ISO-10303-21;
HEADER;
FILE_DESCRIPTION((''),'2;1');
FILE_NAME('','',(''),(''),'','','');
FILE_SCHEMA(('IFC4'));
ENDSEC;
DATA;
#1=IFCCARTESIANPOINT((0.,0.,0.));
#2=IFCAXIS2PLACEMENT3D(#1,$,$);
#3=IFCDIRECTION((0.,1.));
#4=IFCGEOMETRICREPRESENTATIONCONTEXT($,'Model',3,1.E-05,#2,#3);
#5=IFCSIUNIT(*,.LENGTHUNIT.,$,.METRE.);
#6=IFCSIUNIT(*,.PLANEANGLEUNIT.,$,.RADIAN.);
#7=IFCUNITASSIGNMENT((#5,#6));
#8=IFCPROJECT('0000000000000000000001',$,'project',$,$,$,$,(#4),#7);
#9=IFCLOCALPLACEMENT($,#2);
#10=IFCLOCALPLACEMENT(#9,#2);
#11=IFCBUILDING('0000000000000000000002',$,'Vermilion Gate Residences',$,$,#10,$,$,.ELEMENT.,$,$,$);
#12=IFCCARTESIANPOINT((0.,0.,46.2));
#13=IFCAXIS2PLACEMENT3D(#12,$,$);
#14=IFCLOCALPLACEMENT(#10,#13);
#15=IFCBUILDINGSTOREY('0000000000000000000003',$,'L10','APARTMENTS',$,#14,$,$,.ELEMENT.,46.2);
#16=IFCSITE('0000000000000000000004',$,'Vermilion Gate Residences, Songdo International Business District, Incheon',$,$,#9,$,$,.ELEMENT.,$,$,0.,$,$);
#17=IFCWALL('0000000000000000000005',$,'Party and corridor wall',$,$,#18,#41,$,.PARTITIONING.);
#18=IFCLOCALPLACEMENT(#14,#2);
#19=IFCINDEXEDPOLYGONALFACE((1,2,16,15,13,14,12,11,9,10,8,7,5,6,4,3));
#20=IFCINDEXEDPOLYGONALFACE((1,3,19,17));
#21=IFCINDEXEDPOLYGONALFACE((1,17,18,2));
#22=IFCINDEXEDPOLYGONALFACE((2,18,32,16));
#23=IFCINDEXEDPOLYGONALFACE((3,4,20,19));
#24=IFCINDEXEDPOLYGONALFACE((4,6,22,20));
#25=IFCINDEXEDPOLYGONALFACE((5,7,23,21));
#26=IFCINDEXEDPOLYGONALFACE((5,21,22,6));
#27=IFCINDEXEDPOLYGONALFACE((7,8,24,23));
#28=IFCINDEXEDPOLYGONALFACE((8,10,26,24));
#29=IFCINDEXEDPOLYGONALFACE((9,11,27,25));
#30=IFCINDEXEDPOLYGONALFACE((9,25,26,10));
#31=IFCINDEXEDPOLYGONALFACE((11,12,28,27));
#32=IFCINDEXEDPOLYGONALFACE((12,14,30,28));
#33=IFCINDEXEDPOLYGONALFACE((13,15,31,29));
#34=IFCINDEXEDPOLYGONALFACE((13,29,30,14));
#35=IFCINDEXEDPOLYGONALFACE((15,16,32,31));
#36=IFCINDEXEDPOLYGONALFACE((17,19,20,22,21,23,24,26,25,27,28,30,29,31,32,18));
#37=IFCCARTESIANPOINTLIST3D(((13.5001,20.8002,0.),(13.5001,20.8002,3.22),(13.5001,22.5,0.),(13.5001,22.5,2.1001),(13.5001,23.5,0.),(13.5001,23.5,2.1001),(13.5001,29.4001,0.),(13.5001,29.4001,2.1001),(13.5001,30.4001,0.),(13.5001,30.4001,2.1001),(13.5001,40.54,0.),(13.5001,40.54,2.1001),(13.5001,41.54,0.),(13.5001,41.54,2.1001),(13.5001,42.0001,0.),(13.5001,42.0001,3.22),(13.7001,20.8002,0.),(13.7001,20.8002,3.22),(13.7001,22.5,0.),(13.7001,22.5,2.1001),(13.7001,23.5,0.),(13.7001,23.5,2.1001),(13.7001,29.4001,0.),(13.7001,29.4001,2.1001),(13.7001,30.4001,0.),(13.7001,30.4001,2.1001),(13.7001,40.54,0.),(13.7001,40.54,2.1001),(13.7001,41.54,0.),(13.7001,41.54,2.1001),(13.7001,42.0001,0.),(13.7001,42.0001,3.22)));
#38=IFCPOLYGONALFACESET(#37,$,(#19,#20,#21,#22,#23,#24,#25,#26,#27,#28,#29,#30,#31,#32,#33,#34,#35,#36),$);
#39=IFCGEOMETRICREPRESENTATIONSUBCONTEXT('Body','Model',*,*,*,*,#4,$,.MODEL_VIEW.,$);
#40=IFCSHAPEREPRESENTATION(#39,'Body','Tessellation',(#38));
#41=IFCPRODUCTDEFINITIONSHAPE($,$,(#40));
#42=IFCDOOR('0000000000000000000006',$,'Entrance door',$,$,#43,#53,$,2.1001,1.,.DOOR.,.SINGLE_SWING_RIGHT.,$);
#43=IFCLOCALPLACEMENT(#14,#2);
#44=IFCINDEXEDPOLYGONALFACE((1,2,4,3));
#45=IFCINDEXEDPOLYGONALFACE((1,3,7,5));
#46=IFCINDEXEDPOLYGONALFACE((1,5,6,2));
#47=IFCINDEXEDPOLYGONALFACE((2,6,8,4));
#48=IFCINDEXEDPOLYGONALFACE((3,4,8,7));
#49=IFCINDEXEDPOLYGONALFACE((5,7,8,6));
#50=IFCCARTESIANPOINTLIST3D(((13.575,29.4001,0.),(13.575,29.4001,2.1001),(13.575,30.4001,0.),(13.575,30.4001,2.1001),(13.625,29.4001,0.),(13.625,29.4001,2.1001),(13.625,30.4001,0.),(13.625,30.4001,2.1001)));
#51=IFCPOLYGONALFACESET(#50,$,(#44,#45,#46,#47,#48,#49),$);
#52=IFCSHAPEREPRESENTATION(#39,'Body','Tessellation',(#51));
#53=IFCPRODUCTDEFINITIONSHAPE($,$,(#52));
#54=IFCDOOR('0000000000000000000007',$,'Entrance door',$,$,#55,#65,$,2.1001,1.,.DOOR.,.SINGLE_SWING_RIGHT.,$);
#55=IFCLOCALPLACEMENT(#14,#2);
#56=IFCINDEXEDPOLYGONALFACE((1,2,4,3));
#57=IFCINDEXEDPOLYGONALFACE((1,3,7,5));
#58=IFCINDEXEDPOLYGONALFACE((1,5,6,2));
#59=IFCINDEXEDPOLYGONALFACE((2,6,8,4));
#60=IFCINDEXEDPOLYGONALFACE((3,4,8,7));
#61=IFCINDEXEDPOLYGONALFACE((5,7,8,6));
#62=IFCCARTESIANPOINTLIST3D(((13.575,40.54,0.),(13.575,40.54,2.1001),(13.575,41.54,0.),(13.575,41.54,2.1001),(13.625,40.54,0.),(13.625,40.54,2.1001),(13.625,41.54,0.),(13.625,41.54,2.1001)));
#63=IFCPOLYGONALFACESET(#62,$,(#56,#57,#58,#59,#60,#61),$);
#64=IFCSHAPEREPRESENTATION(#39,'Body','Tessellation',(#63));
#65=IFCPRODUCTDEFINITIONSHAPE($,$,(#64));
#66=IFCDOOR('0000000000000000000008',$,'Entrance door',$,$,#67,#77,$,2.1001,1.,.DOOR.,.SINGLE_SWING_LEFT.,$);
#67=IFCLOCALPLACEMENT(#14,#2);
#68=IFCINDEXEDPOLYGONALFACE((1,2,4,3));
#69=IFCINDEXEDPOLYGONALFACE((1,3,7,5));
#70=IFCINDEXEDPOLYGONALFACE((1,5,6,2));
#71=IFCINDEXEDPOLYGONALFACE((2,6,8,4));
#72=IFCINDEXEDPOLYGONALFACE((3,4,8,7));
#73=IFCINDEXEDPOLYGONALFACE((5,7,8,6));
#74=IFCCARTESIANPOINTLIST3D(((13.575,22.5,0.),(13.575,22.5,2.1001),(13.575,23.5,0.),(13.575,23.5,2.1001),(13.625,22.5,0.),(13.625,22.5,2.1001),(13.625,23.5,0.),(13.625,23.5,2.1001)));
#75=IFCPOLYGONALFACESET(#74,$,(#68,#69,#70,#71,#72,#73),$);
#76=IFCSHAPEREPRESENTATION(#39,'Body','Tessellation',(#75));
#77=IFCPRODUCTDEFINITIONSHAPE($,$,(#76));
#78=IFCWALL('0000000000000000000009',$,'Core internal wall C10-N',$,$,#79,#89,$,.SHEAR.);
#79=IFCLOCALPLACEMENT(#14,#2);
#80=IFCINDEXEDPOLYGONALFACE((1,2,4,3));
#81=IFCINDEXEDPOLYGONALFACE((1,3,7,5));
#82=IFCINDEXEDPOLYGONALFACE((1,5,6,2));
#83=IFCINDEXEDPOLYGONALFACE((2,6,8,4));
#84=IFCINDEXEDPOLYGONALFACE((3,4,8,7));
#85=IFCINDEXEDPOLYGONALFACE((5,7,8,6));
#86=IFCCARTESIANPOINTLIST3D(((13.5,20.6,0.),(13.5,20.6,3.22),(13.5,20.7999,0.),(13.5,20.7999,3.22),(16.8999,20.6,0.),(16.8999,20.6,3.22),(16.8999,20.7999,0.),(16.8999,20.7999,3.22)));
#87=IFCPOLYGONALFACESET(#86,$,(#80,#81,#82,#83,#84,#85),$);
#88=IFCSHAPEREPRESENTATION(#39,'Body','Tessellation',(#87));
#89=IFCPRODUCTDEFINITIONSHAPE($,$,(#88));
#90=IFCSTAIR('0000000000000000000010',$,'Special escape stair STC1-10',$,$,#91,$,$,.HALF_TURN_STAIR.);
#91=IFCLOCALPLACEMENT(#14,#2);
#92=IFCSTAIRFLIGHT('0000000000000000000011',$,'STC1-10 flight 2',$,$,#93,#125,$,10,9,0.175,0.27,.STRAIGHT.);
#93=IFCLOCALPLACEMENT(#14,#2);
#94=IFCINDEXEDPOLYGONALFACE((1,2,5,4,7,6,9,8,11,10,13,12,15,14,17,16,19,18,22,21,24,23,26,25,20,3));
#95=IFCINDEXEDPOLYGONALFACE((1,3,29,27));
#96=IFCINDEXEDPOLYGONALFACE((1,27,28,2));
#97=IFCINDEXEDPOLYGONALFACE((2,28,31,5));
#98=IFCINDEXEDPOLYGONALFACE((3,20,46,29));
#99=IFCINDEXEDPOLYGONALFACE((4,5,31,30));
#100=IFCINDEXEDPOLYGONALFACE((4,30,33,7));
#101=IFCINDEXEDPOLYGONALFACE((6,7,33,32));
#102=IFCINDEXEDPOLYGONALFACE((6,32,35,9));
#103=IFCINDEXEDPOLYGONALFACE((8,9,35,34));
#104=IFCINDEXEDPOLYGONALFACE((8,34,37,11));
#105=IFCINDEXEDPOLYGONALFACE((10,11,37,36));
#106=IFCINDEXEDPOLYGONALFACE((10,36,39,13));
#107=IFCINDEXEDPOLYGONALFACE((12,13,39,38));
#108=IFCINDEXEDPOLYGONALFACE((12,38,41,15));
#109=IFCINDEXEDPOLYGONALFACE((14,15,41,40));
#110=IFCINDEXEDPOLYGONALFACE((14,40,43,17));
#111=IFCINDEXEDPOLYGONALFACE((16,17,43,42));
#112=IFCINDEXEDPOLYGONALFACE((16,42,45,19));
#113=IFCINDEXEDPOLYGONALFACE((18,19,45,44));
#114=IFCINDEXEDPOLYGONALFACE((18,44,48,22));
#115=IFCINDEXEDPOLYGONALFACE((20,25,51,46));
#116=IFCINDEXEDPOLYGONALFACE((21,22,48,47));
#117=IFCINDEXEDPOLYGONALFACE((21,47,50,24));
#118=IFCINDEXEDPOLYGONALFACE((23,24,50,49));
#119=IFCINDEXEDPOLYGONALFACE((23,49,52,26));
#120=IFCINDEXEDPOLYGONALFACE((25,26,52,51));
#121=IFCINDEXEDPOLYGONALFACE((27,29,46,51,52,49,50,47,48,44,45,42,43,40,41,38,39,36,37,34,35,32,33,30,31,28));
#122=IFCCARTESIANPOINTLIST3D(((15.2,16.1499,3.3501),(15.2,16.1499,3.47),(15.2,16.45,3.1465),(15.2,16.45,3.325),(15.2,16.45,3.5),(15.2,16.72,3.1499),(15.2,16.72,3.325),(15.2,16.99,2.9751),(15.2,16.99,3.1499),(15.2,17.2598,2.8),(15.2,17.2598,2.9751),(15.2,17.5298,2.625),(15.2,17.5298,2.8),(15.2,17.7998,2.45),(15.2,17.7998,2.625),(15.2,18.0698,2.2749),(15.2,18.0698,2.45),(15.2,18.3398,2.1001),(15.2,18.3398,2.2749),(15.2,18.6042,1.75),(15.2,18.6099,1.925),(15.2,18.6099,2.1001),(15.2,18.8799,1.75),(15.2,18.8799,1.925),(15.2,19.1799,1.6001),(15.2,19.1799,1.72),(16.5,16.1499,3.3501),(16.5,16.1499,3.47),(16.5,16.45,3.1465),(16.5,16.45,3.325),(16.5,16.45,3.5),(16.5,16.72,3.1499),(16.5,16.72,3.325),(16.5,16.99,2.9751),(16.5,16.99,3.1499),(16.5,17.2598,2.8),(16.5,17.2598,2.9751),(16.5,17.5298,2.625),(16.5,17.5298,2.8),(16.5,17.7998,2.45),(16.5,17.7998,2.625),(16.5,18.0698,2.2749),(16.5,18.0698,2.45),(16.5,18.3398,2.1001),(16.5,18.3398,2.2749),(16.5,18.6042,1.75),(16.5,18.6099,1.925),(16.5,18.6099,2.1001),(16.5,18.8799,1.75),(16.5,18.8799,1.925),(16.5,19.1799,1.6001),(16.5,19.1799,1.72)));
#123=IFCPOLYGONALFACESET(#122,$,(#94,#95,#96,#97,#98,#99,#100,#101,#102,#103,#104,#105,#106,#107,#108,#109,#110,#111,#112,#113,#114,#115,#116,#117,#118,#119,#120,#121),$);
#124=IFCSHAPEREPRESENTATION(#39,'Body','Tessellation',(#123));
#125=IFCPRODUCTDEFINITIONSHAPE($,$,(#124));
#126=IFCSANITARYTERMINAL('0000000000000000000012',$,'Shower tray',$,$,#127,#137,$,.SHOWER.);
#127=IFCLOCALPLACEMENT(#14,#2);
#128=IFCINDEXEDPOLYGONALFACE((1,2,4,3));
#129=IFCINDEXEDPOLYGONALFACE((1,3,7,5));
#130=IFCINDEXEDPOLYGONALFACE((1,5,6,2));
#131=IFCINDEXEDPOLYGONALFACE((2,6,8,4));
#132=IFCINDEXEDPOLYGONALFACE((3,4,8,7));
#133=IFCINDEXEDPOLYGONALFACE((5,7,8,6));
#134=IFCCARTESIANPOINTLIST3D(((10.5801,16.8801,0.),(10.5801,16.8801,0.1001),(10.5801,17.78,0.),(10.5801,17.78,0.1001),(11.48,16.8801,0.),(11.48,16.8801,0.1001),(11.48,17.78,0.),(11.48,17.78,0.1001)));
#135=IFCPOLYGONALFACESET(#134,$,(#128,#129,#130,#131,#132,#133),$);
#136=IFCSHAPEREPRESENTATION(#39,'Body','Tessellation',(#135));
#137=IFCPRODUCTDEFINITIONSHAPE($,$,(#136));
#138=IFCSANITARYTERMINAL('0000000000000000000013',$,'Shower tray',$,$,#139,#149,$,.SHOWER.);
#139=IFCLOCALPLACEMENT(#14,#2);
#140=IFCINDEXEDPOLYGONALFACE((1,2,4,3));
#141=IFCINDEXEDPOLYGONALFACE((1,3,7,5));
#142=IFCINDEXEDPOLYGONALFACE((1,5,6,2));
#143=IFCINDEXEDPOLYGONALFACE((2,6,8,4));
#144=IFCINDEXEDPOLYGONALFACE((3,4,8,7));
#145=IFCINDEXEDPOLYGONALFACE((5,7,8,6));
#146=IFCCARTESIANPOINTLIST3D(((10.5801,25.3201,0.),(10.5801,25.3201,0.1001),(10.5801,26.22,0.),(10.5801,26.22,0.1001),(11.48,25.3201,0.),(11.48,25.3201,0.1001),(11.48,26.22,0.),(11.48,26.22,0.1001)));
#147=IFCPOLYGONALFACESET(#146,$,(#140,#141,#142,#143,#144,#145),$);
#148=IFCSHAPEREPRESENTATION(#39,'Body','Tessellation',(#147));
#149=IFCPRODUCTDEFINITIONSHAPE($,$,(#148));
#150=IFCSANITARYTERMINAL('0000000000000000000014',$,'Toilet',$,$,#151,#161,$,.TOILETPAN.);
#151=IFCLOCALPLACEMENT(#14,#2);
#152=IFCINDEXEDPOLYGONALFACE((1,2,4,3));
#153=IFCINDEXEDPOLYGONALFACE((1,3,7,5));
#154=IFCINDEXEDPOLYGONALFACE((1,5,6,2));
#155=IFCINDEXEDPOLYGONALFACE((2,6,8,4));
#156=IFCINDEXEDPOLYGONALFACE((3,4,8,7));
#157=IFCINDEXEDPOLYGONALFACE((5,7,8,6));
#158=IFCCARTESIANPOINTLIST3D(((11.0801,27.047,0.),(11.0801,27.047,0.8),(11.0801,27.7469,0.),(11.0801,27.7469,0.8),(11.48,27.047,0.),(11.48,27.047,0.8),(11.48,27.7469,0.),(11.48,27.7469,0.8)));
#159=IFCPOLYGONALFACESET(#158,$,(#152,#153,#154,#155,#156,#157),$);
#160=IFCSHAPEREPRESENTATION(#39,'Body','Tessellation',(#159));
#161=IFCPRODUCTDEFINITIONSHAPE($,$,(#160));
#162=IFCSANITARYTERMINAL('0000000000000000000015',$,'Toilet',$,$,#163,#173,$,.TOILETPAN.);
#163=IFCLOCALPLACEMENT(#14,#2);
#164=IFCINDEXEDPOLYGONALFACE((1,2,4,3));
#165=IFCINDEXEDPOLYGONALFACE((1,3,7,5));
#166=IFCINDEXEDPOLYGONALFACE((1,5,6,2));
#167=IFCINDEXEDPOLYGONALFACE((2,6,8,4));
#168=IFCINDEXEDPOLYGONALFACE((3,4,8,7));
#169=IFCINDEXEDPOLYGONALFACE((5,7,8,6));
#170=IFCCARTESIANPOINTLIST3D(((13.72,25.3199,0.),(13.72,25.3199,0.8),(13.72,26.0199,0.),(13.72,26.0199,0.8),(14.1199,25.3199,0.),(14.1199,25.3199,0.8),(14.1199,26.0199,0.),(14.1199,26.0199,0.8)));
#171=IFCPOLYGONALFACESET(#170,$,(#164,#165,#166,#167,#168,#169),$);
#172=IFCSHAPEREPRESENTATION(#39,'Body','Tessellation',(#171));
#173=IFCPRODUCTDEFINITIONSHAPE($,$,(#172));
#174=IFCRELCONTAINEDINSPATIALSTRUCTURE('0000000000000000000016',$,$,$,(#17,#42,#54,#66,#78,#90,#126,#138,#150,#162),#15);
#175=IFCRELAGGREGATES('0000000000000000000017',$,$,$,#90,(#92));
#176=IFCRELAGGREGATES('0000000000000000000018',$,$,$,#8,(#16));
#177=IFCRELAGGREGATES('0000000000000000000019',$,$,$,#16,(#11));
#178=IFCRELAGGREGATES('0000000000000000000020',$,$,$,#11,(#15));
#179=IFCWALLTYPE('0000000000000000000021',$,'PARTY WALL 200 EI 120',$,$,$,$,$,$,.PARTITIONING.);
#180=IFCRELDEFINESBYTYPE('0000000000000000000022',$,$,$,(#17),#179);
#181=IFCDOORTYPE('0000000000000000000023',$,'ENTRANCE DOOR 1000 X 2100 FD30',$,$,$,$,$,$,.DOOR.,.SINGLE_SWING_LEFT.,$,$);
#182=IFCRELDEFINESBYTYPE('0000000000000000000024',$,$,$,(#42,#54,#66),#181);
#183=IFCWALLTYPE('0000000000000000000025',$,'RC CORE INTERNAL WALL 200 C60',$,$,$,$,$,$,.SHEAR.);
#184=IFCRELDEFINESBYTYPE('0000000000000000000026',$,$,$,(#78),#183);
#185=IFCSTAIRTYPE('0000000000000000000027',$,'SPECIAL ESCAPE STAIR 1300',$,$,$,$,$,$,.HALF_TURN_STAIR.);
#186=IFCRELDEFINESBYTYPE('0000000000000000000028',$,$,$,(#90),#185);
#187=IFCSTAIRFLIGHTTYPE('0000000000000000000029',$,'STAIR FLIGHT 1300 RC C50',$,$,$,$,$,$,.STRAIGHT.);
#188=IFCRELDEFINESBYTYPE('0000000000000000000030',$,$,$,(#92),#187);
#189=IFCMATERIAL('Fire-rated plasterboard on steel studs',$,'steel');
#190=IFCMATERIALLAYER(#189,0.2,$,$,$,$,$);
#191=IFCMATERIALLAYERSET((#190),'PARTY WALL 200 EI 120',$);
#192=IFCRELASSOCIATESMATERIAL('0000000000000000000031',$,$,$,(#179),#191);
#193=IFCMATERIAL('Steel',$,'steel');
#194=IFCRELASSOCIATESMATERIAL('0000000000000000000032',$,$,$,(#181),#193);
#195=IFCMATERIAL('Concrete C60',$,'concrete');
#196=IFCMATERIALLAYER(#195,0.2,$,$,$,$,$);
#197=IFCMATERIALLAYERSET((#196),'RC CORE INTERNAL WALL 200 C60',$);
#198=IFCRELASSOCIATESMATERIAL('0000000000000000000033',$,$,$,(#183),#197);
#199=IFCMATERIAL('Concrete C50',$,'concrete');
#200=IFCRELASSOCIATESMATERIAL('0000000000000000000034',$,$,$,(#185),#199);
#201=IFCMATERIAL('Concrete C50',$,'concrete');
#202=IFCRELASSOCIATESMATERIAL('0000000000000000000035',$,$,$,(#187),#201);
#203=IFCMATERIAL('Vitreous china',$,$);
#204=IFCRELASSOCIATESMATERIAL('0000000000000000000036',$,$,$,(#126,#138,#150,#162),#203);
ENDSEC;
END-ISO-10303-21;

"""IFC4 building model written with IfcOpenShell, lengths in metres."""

from ifc_helpers import new_model, si_unit, direction, frame, frame_2d, origin, origin_2d, place, context, subcontext, project, spatial, polyline, rectangle, outline, extrude, material, layer, layer_set, type_object, element, fill, aggregate, save


model = new_model("IFC4")

# Units and contexts
model_context = context("Model", 3, precision=1e-05, world=origin(), true_north=direction((0.0, 1.0)))
body_context = subcontext(model_context, "Body", "Model", "MODEL_VIEW")
ifc_project = project(units=[si_unit("LENGTHUNIT", "METRE"), si_unit("PLANEANGLEUNIT", "RADIAN")], contexts=[model_context])

# Site, building, storey
site_placement = place(None, origin())
site = spatial("IfcSite", under=ifc_project, at=site_placement, Name="Vermilion Gate Residences, Songdo International Business District, Incheon", CompositionType="ELEMENT", RefElevation=0.0)
building_placement = place(site_placement, origin())
building = spatial("IfcBuilding", under=site, at=building_placement, Name="Vermilion Gate Residences", CompositionType="ELEMENT")
storey_placement = place(building_placement, frame((0.0, 0.0, 46.2)))
storey = spatial("IfcBuildingStorey", under=building, at=storey_placement, Name="L10", Description="APARTMENTS", CompositionType="ELEMENT", Elevation=46.2)

# Shared definitions
ifc_material_1 = material(Name="Fire-rated plasterboard on steel studs", Category="steel")
ifc_layer_1 = layer(ifc_material_1, 0.2)
ifc_layer_set_1 = layer_set([ifc_layer_1], Name="PARTY WALL 200 EI 120")
wall_type_1 = type_object("IfcWallType", Name="PARTY WALL 200 EI 120", PredefinedType="PARTITIONING", material=ifc_layer_set_1)

# Wall, openings, doors
wall_1_placement = place(storey_placement, frame((13.6001, 20.8, 0.0), z_axis=(0.0, 0.0, 1.0), x_axis=(0.0, 1.0, 0.0)))
wall_1 = element("IfcWall", 1, at=wall_1_placement, inside=storey, type_object=wall_type_1, Name="Party and corridor wall", PredefinedType="PARTITIONING", context=body_context, shape_type="SweptSolid", body=[
    extrude(rectangle(XDim=21.2, YDim=0.2, at=frame_2d((10.6001, 0.0))), origin(), (0.0, 0.0, 1.0), 3.22),
])
opening_1_placement = place(wall_1_placement, frame((8.6001, 0.0, 0.0)))
opening_1 = element("IfcOpeningElement", 2, at=opening_1_placement, cuts=wall_1, PredefinedType="OPENING", context=body_context, shape_type="SweptSolid", body=[
    extrude(rectangle(XDim=1.0, YDim=2.1001, at=frame_2d((0.5, 1.05))), frame((0.0, 0.1099, 0.0), z_axis=(0.0, -1.0, 0.0), x_axis=(1.0, 0.0, 0.0)), (0.0, 0.0, 1.0), 0.22),
])
opening_2_placement = place(wall_1_placement, frame((19.74, 0.0, 0.0)))
opening_2 = element("IfcOpeningElement", 3, at=opening_2_placement, cuts=wall_1, PredefinedType="OPENING", context=body_context, shape_type="SweptSolid", body=[
    extrude(rectangle(XDim=1.0, YDim=2.1001, at=frame_2d((0.5, 1.05))), frame((0.0, 0.1099, 0.0), z_axis=(0.0, -1.0, 0.0), x_axis=(1.0, 0.0, 0.0)), (0.0, 0.0, 1.0), 0.22),
])
opening_3_placement = place(wall_1_placement, frame((1.7, 0.0, 0.0)))
opening_3 = element("IfcOpeningElement", 4, at=opening_3_placement, cuts=wall_1, PredefinedType="OPENING", context=body_context, shape_type="SweptSolid", body=[
    extrude(rectangle(XDim=1.0, YDim=2.1001, at=frame_2d((0.5, 1.05))), frame((0.0, 0.1099, 0.0), z_axis=(0.0, -1.0, 0.0), x_axis=(1.0, 0.0, 0.0)), (0.0, 0.0, 1.0), 0.22),
])
ifc_material_2 = material(Name="Steel", Category="steel")
door_type_1 = type_object("IfcDoorType", Name="ENTRANCE DOOR 1000 X 2100 FD30", OperationType="SINGLE_SWING_LEFT", PredefinedType="DOOR", material=ifc_material_2)
door_1_placement = place(opening_1_placement, frame((1.0, 0.0, 0.0), z_axis=(0.0, 0.0, 1.0), x_axis=(-1.0, 0.0, 0.0)))
door_1 = element("IfcDoor", 5, at=door_1_placement, inside=storey, type_object=door_type_1, Name="Entrance door", OperationType="SINGLE_SWING_RIGHT", OverallHeight=2.1001, OverallWidth=1.0, PredefinedType="DOOR", context=body_context, shape_type="SweptSolid", body=[
    extrude(rectangle(XDim=1.0, YDim=2.1001, at=frame_2d((0.5, 1.05))), frame((0.0, 0.0249, 0.0), z_axis=(0.0, -1.0, 0.0), x_axis=(1.0, 0.0, 0.0)), (0.0, 0.0, 1.0), 0.05),
])
fill(opening_1, door_1)
door_2_placement = place(opening_2_placement, frame((1.0, 0.0, 0.0), z_axis=(0.0, 0.0, 1.0), x_axis=(-1.0, 0.0, 0.0)))
door_2 = element("IfcDoor", 6, at=door_2_placement, inside=storey, type_object=door_type_1, Name="Entrance door", OperationType="SINGLE_SWING_RIGHT", OverallHeight=2.1001, OverallWidth=1.0, PredefinedType="DOOR", context=body_context, shape_type="SweptSolid", body=[
    extrude(rectangle(XDim=1.0, YDim=2.1001, at=frame_2d((0.5, 1.05))), frame((0.0, 0.0249, 0.0), z_axis=(0.0, -1.0, 0.0), x_axis=(1.0, 0.0, 0.0)), (0.0, 0.0, 1.0), 0.05),
])
fill(opening_2, door_2)
door_3_placement = place(opening_3_placement, frame((1.0, 0.0, 0.0), z_axis=(0.0, 0.0, 1.0), x_axis=(-1.0, 0.0, 0.0)))
door_3 = element("IfcDoor", 7, at=door_3_placement, inside=storey, type_object=door_type_1, Name="Entrance door", OperationType="SINGLE_SWING_LEFT", OverallHeight=2.1001, OverallWidth=1.0, PredefinedType="DOOR", context=body_context, shape_type="SweptSolid", body=[
    extrude(rectangle(XDim=1.0, YDim=2.1001, at=frame_2d((0.5, 1.05))), frame((0.0, 0.0249, 0.0), z_axis=(0.0, -1.0, 0.0), x_axis=(1.0, 0.0, 0.0)), (0.0, 0.0, 1.0), 0.05),
])
fill(opening_3, door_3)

# Wall
ifc_material_3 = material(Name="Concrete C60", Category="concrete")
ifc_layer_2 = layer(ifc_material_3, 0.2)
ifc_layer_set_2 = layer_set([ifc_layer_2], Name="RC CORE INTERNAL WALL 200 C60")
wall_type_2 = type_object("IfcWallType", Name="RC CORE INTERNAL WALL 200 C60", PredefinedType="SHEAR", material=ifc_layer_set_2)
wall_2_placement = place(storey_placement, frame((13.5, 20.7, 0.0), z_axis=(0.0, 0.0, 1.0), x_axis=(1.0, 0.0, 0.0)))
element("IfcWall", 8, at=wall_2_placement, inside=storey, type_object=wall_type_2, Name="Core internal wall C10-N", PredefinedType="SHEAR", context=body_context, shape_type="SweptSolid", body=[
    extrude(rectangle(XDim=3.3999, YDim=0.2, at=frame_2d((1.7, 0.0))), origin(), (0.0, 0.0, 1.0), 3.22),
])

# Stair, stair flight
ifc_material_4 = material(Name="Concrete C50", Category="concrete")
stair_type = type_object("IfcStairType", Name="SPECIAL ESCAPE STAIR 1300", PredefinedType="HALF_TURN_STAIR", material=ifc_material_4)
stair_placement = place(storey_placement, origin())
stair = element("IfcStair", 9, at=stair_placement, inside=storey, type_object=stair_type, Name="Special escape stair STC1-10", PredefinedType="HALF_TURN_STAIR")
ifc_material_5 = material(Name="Concrete C50", Category="concrete")
stair_flight_type = type_object("IfcStairFlightType", Name="STAIR FLIGHT 1300 RC C50", PredefinedType="STRAIGHT", material=ifc_material_5)
stair_flight_placement = place(storey_placement, frame((15.8501, 18.8799, 1.75), z_axis=(0.0, 0.0, 1.0), x_axis=(0.0, -1.0, 0.0)))
stair_flight = element("IfcStairFlight", 10, at=stair_flight_placement, type_object=stair_flight_type, Name="STC1-10 flight 2", NumberOfRisers=10, NumberOfTreads=9, PredefinedType="STRAIGHT", RiserHeight=0.175, TreadLength=0.27, context=body_context, shape_type="SweptSolid", body=[
    extrude(outline(polyline([(-0.3, -0.1499), (-0.3, -0.03), (0.0, 0.0), (0.0, 0.175), (0.27, 0.175), (0.27, 0.3501), (0.54, 0.3501), (0.54, 0.5249), (0.8101, 0.5249), (0.8101, 0.7), (1.0801, 0.7), (1.0801, 0.875), (1.3501, 0.875), (1.3501, 1.05), (1.6201, 1.05), (1.6201, 1.2251), (1.8899, 1.2251), (1.8899, 1.3999), (2.1599, 1.3999), (2.1599, 1.575), (2.4299, 1.575), (2.4299, 1.75), (2.73, 1.72), (2.73, 1.6001), (2.4299, 1.3965), (0.2756, 0.0), (-0.3, -0.1499)])), frame((0.0, 0.6499, 0.0), z_axis=(0.0, -1.0, 0.0), x_axis=(1.0, 0.0, 0.0)), (0.0, 0.0, 1.0), 1.3),
])
aggregate(stair, [stair_flight])

# Sanitary terminals
ifc_material_6 = material(Name="Vitreous china")
for number, where, z_axis, x_axis, name in (
    (11, (11.03, 17.3301, 0.0), (0.0, 0.0, 1.0), (1.0, 0.0, 0.0), "Shower tray"),
    (12, (11.03, 25.77, 0.0), (0.0, 0.0, 1.0), (1.0, 0.0, 0.0), "Shower tray"),
):
    element("IfcSanitaryTerminal", number, at=place(storey_placement, frame(where, z_axis=z_axis, x_axis=x_axis)), inside=storey, material=ifc_material_6, Name=name, PredefinedType="SHOWER", context=body_context, shape_type="SweptSolid", body=[
        extrude(rectangle(XDim=0.8999, YDim=0.8999, at=origin_2d()), origin(), (0.0, 0.0, 1.0), 0.1001),
    ])
for number, where, z_axis, x_axis, name in (
    (13, (11.28, 27.397, 0.0), (0.0, 0.0, 1.0), (1.0, 0.0, 0.0), "Toilet"),
    (14, (13.9199, 25.6699, 0.0), (0.0, 0.0, 1.0), (1.0, 0.0, 0.0), "Toilet"),
):
    element("IfcSanitaryTerminal", number, at=place(storey_placement, frame(where, z_axis=z_axis, x_axis=x_axis)), inside=storey, material=ifc_material_6, Name=name, PredefinedType="TOILETPAN", context=body_context, shape_type="SweptSolid", body=[
        extrude(rectangle(XDim=0.3999, YDim=0.7, at=origin_2d()), origin(), (0.0, 0.0, 1.0), 0.8),
    ])

save(model, "model.ifc")
